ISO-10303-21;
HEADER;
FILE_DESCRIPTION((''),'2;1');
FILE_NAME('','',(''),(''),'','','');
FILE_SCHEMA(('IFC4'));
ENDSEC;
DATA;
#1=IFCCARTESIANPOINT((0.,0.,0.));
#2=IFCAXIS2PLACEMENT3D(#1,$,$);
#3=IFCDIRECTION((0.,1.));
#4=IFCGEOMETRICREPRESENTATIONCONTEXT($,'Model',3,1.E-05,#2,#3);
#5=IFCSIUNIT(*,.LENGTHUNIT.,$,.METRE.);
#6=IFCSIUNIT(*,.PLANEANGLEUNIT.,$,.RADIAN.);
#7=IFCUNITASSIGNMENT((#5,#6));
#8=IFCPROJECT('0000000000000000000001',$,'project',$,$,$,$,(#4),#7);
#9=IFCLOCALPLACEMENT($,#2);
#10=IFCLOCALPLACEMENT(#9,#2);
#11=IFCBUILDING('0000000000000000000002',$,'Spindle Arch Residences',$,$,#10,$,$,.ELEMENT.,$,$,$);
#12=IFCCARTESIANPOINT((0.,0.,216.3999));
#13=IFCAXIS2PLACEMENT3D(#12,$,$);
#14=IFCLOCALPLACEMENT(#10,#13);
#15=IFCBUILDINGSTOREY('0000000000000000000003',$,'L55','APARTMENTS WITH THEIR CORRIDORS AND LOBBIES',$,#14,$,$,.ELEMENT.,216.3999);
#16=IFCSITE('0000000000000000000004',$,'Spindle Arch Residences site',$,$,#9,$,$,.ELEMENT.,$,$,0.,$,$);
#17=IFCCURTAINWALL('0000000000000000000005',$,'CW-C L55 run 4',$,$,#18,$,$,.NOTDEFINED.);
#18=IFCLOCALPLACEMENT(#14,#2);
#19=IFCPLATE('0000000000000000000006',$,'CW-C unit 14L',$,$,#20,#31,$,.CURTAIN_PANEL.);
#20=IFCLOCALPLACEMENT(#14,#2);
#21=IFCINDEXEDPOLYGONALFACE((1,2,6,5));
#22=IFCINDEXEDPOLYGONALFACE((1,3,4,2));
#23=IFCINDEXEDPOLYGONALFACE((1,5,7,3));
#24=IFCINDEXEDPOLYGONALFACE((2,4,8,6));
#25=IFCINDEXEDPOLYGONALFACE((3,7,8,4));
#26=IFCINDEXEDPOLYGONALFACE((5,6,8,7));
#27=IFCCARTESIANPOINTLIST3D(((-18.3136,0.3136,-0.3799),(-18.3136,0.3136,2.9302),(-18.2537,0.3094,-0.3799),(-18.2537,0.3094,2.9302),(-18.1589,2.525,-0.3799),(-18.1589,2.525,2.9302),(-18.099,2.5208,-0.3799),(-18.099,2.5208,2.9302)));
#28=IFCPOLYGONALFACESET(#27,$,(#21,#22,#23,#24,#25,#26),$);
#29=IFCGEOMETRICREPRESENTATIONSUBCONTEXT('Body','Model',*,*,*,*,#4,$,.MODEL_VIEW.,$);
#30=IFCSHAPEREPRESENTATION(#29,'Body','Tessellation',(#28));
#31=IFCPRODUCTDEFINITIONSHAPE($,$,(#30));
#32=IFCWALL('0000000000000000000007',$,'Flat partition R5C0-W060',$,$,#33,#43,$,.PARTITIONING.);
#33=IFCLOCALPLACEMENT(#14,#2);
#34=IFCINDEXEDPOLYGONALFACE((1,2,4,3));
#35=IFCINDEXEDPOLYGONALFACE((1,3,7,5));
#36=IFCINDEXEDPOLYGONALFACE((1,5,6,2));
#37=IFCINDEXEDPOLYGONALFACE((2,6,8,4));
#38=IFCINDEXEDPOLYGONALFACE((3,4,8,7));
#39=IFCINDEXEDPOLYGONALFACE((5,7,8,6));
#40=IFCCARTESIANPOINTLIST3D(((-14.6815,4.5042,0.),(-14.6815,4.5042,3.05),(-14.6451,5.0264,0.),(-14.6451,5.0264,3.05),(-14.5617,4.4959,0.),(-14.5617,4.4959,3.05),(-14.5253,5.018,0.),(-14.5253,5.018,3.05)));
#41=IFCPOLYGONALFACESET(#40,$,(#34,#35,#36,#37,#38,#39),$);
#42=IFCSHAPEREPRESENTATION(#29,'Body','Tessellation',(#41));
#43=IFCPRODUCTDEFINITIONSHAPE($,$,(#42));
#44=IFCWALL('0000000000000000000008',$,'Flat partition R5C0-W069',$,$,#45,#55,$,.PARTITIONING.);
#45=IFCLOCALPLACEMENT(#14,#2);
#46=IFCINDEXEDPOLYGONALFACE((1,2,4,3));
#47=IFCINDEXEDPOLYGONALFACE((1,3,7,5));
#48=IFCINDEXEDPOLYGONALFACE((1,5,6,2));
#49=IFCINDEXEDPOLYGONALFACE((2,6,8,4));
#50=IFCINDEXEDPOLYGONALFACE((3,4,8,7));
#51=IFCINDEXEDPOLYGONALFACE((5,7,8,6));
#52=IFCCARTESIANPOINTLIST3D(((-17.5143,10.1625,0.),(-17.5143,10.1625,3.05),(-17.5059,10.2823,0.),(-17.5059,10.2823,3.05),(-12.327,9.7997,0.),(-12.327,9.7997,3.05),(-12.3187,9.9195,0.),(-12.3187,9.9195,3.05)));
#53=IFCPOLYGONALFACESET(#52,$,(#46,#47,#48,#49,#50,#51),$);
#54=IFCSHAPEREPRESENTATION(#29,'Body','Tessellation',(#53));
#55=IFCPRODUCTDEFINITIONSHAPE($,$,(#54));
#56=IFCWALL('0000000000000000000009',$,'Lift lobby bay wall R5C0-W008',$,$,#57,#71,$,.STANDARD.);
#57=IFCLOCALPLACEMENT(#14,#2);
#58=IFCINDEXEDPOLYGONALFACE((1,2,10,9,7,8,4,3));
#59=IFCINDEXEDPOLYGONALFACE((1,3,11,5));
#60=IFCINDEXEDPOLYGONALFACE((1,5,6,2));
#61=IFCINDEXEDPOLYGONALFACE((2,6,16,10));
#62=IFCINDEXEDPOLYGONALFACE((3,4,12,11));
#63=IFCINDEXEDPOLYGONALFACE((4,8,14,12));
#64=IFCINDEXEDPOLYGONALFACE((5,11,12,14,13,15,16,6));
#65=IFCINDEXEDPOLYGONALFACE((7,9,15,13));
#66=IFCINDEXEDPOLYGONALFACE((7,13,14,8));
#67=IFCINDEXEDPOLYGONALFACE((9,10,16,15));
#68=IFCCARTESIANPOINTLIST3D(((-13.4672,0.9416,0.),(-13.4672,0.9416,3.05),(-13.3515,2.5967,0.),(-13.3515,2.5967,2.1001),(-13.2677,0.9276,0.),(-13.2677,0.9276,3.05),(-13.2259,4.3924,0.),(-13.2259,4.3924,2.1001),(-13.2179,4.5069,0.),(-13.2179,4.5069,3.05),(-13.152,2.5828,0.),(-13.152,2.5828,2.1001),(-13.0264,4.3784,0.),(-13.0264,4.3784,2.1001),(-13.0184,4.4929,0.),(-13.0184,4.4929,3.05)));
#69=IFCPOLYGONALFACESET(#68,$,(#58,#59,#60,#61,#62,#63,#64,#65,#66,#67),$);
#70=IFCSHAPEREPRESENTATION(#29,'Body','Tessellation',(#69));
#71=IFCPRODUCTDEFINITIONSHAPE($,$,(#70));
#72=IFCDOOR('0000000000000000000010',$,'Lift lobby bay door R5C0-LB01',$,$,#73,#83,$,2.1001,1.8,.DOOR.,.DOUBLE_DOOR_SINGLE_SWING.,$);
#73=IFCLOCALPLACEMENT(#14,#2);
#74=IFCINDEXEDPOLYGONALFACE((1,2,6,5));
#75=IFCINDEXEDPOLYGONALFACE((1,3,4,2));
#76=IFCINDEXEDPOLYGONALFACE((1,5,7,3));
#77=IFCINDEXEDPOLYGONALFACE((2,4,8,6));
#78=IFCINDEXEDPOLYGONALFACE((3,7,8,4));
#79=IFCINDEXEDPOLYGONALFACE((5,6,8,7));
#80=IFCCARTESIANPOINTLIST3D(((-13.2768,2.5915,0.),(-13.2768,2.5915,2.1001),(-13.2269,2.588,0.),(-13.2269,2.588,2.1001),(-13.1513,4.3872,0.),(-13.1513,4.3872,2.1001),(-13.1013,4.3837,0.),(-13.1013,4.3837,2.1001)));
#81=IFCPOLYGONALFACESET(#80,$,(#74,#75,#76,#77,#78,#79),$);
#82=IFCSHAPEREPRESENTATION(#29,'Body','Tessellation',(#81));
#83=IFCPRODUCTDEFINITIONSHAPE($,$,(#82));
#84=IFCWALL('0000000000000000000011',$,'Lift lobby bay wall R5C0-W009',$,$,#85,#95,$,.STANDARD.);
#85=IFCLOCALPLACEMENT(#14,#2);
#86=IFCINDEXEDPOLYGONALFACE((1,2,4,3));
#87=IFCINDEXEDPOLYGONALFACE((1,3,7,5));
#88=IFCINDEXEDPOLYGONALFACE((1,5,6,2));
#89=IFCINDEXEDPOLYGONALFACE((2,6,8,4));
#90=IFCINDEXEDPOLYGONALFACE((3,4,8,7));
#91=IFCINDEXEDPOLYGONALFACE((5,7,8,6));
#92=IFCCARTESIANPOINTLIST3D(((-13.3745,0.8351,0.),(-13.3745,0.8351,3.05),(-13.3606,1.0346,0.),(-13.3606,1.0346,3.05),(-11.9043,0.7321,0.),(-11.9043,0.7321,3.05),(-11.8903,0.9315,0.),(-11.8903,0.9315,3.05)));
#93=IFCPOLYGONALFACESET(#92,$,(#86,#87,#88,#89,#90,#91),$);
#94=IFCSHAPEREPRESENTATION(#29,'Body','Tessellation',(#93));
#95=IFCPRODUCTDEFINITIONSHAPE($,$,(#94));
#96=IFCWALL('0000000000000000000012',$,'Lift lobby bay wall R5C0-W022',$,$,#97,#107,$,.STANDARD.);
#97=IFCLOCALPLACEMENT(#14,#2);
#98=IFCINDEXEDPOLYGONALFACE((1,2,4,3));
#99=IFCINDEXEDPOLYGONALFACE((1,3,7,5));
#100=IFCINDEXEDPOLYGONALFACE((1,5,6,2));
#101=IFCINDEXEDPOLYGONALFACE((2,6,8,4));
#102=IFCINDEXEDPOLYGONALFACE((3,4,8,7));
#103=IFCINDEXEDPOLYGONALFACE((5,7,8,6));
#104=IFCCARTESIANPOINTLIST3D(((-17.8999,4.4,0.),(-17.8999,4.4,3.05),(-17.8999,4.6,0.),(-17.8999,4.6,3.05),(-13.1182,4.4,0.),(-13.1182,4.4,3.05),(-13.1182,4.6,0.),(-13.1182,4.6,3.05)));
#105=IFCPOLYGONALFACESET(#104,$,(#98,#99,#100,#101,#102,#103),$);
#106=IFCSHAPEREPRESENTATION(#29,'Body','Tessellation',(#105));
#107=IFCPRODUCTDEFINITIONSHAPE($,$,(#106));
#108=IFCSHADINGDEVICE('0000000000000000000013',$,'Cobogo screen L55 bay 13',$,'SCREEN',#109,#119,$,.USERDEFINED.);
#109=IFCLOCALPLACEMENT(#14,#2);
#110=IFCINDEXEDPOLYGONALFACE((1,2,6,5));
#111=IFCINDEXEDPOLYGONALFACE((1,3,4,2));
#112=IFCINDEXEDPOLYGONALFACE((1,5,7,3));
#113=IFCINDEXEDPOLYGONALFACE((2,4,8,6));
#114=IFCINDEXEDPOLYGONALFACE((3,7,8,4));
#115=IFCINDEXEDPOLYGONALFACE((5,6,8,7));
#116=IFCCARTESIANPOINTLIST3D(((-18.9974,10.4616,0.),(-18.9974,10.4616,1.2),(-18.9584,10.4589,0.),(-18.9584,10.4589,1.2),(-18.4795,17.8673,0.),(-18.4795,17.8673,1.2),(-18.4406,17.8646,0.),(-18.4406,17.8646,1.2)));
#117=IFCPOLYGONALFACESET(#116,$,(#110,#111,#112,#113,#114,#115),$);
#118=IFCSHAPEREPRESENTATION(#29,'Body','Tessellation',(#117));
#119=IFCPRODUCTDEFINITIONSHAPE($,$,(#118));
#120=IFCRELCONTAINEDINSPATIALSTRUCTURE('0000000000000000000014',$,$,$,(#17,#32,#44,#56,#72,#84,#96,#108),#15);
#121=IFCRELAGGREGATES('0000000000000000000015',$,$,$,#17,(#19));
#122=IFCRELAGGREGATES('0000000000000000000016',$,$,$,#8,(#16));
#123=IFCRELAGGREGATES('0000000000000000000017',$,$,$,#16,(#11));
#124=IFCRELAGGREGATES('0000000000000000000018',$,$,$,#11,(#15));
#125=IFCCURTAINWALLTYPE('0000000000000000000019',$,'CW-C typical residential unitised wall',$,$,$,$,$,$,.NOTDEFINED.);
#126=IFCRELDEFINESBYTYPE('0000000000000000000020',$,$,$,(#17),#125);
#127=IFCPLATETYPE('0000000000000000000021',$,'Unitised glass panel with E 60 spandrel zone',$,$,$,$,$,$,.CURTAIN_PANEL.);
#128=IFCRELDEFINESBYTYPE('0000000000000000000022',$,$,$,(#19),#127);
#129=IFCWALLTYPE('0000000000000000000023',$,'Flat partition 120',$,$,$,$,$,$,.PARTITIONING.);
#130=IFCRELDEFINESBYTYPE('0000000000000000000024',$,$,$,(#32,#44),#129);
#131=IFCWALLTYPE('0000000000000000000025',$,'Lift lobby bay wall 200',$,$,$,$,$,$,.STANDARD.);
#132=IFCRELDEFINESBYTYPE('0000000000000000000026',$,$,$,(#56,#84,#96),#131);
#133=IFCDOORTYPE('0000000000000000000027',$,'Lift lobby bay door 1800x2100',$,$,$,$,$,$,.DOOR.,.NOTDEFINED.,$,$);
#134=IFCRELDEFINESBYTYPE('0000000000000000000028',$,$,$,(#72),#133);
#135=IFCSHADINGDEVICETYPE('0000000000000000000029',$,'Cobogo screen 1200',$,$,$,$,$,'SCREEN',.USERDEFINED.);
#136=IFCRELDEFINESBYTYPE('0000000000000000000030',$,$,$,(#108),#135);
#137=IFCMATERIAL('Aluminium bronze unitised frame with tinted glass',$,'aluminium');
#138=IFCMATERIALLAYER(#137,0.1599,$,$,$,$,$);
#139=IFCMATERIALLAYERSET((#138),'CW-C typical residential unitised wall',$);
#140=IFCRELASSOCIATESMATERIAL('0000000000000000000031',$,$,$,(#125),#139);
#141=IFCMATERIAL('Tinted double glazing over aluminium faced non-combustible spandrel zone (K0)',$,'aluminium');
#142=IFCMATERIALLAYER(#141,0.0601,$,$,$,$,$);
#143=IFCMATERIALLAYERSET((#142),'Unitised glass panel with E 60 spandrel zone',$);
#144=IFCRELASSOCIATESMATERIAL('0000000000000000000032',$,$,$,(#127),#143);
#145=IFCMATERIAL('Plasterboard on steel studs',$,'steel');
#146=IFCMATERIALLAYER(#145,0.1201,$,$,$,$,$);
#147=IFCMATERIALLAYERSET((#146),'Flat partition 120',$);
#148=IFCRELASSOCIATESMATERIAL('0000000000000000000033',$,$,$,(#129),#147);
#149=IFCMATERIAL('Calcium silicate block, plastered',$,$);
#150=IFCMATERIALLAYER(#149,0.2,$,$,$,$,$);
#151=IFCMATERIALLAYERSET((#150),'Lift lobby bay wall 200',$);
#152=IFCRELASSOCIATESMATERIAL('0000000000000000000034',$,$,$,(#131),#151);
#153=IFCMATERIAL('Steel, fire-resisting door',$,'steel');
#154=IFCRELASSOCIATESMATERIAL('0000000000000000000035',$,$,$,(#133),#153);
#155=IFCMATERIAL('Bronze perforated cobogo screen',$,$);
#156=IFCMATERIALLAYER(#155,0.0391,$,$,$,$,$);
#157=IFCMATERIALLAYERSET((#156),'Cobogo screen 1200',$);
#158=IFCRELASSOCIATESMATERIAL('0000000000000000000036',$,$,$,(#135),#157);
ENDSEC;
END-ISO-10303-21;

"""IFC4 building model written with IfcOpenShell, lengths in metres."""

from ifc_helpers import new_model, si_unit, direction, frame, frame_2d, origin, origin_2d, place, context, subcontext, project, spatial, rectangle, extrude, material, layer, layer_set, type_object, element, fill, aggregate, save


model = new_model("IFC4")

# Units and contexts
model_context = context("Model", 3, precision=1e-05, world=origin(), true_north=direction((0.0, 1.0)))
body_context = subcontext(model_context, "Body", "Model", "MODEL_VIEW")
ifc_project = project(units=[si_unit("LENGTHUNIT", "METRE"), si_unit("PLANEANGLEUNIT", "RADIAN")], contexts=[model_context])

# Site, building, storey
site_placement = place(None, origin())
site = spatial("IfcSite", under=ifc_project, at=site_placement, Name="Spindle Arch Residences site", CompositionType="ELEMENT", RefElevation=0.0)
building_placement = place(site_placement, origin())
building = spatial("IfcBuilding", under=site, at=building_placement, Name="Spindle Arch Residences", CompositionType="ELEMENT")
storey_placement = place(building_placement, frame((0.0, 0.0, 216.3999)))
storey = spatial("IfcBuildingStorey", under=building, at=storey_placement, Name="L55", Description="APARTMENTS WITH THEIR CORRIDORS AND LOBBIES", CompositionType="ELEMENT", Elevation=216.3999)

# Curtain wall
ifc_material_1 = material(Name="Aluminium bronze unitised frame with tinted glass", Category="aluminium")
ifc_layer_1 = layer(ifc_material_1, 0.1599)
ifc_layer_set_1 = layer_set([ifc_layer_1], Name="CW-C typical residential unitised wall")
curtain_wall_type = type_object("IfcCurtainWallType", Name="CW-C typical residential unitised wall", PredefinedType="NOTDEFINED", material=ifc_layer_set_1)
curtain_wall_placement = place(storey_placement, origin())
curtain_wall = element("IfcCurtainWall", 1, at=curtain_wall_placement, inside=storey, type_object=curtain_wall_type, Name="CW-C L55 run 4", PredefinedType="NOTDEFINED")

# Plate
ifc_material_2 = material(Name="Tinted double glazing over aluminium faced non-combustible spandrel zone (K0)", Category="aluminium")
ifc_layer_2 = layer(ifc_material_2, 0.0601)
ifc_layer_set_2 = layer_set([ifc_layer_2], Name="Unitised glass panel with E 60 spandrel zone")
plate_type = type_object("IfcPlateType", Name="Unitised glass panel with E 60 spandrel zone", PredefinedType="CURTAIN_PANEL", material=ifc_layer_set_2)
plate_1_placement = place(storey_placement, frame((-18.2063, 1.4172, -0.3799), z_axis=(0.0, 0.0, 1.0), x_axis=(-0.069756, -0.997564, 0.0)))
plate_1 = element("IfcPlate", 2, at=plate_1_placement, type_object=plate_type, Name="CW-C unit 14L", PredefinedType="CURTAIN_PANEL", context=body_context, shape_type="SweptSolid", body=[
    extrude(rectangle(XDim=2.2168, YDim=0.0601, at=origin_2d()), origin(), (0.0, 0.0, 1.0), 3.3101),
])
aggregate(curtain_wall, [plate_1])

# Walls
ifc_material_3 = material(Name="Plasterboard on steel studs", Category="steel")
ifc_layer_3 = layer(ifc_material_3, 0.1201)
ifc_layer_set_3 = layer_set([ifc_layer_3], Name="Flat partition 120")
wall_type_1 = type_object("IfcWallType", Name="Flat partition 120", PredefinedType="PARTITIONING", material=ifc_layer_set_3)
wall_1_placement = place(storey_placement, frame((-14.5852, 5.0222, 0.0), z_axis=(0.0, 0.0, 1.0), x_axis=(-0.06949, -0.997583, 0.0)))
element("IfcWall", 3, at=wall_1_placement, inside=storey, type_object=wall_type_1, Name="Flat partition R5C0-W060", PredefinedType="PARTITIONING", context=body_context, shape_type="SweptSolid", body=[
    extrude(rectangle(XDim=0.5234, YDim=0.1201, at=frame_2d((0.2617, 0.0))), origin(), (0.0, 0.0, 1.0), 3.05),
])
wall_2_placement = place(storey_placement, frame((-17.5103, 10.2224, 0.0), z_axis=(0.0, 0.0, 1.0), x_axis=(0.997563, -0.069769, 0.0)))
element("IfcWall", 4, at=wall_2_placement, inside=storey, type_object=wall_type_1, Name="Flat partition R5C0-W069", PredefinedType="PARTITIONING", context=body_context, shape_type="SweptSolid", body=[
    extrude(rectangle(XDim=5.2, YDim=0.1201, at=frame_2d((2.6001, 0.0))), origin(), (0.0, 0.0, 1.0), 3.05),
])

# Wall, opening, door
ifc_material_4 = material(Name="Calcium silicate block, plastered")
ifc_layer_4 = layer(ifc_material_4, 0.2)
ifc_layer_set_4 = layer_set([ifc_layer_4], Name="Lift lobby bay wall 200")
wall_type_2 = type_object("IfcWallType", Name="Lift lobby bay wall 200", PredefinedType="STANDARD", material=ifc_layer_set_4)
wall_3_placement = place(storey_placement, frame((-13.1182, 4.5, 0.0), z_axis=(0.0, 0.0, 1.0), x_axis=(-0.069747, -0.997565, 0.0)))
wall_3 = element("IfcWall", 5, at=wall_3_placement, inside=storey, type_object=wall_type_2, Name="Lift lobby bay wall R5C0-W008", PredefinedType="STANDARD", context=body_context, shape_type="SweptSolid", body=[
    extrude(rectangle(XDim=3.574, YDim=0.2, at=frame_2d((1.7871, 0.0))), origin(), (0.0, 0.0, 1.0), 3.05),
])
opening_1_placement = place(wall_3_placement, frame((0.115, 0.0, 0.0)))
opening_1 = element("IfcOpeningElement", 6, at=opening_1_placement, cuts=wall_3, PredefinedType="OPENING", context=body_context, shape_type="SweptSolid", body=[
    extrude(rectangle(XDim=1.8, YDim=2.1001, at=frame_2d((0.8999, 1.05))), frame((0.0, 0.1099, 0.0), z_axis=(0.0, -1.0, 0.0), x_axis=(1.0, 0.0, 0.0)), (0.0, 0.0, 1.0), 0.22),
])
ifc_material_5 = material(Name="Steel, fire-resisting door", Category="steel")
door_type_1 = type_object("IfcDoorType", Name="Lift lobby bay door 1800x2100", OperationType="NOTDEFINED", PredefinedType="DOOR", material=ifc_material_5)
door_1_placement = place(opening_1_placement, origin())
door_1 = element("IfcDoor", 7, at=door_1_placement, inside=storey, type_object=door_type_1, Name="Lift lobby bay door R5C0-LB01", OperationType="DOUBLE_DOOR_SINGLE_SWING", OverallHeight=2.1001, OverallWidth=1.8, PredefinedType="DOOR", context=body_context, shape_type="SweptSolid", body=[
    extrude(rectangle(XDim=1.8, YDim=2.1001, at=frame_2d((0.8999, 1.05))), frame((0.0, 0.0249, 0.0), z_axis=(0.0, -1.0, 0.0), x_axis=(1.0, 0.0, 0.0)), (0.0, 0.0, 1.0), 0.05),
])
fill(opening_1, door_1)

# Walls
wall_4_placement = place(storey_placement, frame((-13.3674, 0.9348, 0.0), z_axis=(0.0, 0.0, 1.0), x_axis=(0.997554, -0.069905, 0.0)))
element("IfcWall", 8, at=wall_4_placement, inside=storey, type_object=wall_type_2, Name="Lift lobby bay wall R5C0-W009", PredefinedType="STANDARD", context=body_context, shape_type="SweptSolid", body=[
    extrude(rectangle(XDim=1.4739, YDim=0.2, at=frame_2d((0.7368, 0.0))), origin(), (0.0, 0.0, 1.0), 3.05),
])
wall_5_placement = place(storey_placement, frame((-13.1182, 4.5, 0.0), z_axis=(0.0, 0.0, 1.0), x_axis=(-1.0, 0.0, 0.0)))
element("IfcWall", 9, at=wall_5_placement, inside=storey, type_object=wall_type_2, Name="Lift lobby bay wall R5C0-W022", PredefinedType="STANDARD", context=body_context, shape_type="SweptSolid", body=[
    extrude(rectangle(XDim=4.7817, YDim=0.2, at=frame_2d((2.3909, 0.0))), origin(), (0.0, 0.0, 1.0), 3.05),
])

# Shading device
ifc_material_6 = material(Name="Bronze perforated cobogo screen")
ifc_layer_5 = layer(ifc_material_6, 0.0391)
ifc_layer_set_5 = layer_set([ifc_layer_5], Name="Cobogo screen 1200")
shading_device_type = type_object("IfcShadingDeviceType", Name="Cobogo screen 1200", ElementType="SCREEN", PredefinedType="USERDEFINED", material=ifc_layer_set_5)
shading_device_placement = place(storey_placement, frame((-18.719, 14.1631, 0.0), z_axis=(0.0, 0.0, 1.0), x_axis=(-0.069756, -0.997564, 0.0)))
element("IfcShadingDevice", 10, at=shading_device_placement, inside=storey, type_object=shading_device_type, Name="Cobogo screen L55 bay 13", ObjectType="SCREEN", PredefinedType="USERDEFINED", context=body_context, shape_type="SweptSolid", body=[
    extrude(rectangle(XDim=7.4238, YDim=0.0391, at=origin_2d()), origin(), (0.0, 0.0, 1.0), 1.2),
])

save(model, "model.ifc")
